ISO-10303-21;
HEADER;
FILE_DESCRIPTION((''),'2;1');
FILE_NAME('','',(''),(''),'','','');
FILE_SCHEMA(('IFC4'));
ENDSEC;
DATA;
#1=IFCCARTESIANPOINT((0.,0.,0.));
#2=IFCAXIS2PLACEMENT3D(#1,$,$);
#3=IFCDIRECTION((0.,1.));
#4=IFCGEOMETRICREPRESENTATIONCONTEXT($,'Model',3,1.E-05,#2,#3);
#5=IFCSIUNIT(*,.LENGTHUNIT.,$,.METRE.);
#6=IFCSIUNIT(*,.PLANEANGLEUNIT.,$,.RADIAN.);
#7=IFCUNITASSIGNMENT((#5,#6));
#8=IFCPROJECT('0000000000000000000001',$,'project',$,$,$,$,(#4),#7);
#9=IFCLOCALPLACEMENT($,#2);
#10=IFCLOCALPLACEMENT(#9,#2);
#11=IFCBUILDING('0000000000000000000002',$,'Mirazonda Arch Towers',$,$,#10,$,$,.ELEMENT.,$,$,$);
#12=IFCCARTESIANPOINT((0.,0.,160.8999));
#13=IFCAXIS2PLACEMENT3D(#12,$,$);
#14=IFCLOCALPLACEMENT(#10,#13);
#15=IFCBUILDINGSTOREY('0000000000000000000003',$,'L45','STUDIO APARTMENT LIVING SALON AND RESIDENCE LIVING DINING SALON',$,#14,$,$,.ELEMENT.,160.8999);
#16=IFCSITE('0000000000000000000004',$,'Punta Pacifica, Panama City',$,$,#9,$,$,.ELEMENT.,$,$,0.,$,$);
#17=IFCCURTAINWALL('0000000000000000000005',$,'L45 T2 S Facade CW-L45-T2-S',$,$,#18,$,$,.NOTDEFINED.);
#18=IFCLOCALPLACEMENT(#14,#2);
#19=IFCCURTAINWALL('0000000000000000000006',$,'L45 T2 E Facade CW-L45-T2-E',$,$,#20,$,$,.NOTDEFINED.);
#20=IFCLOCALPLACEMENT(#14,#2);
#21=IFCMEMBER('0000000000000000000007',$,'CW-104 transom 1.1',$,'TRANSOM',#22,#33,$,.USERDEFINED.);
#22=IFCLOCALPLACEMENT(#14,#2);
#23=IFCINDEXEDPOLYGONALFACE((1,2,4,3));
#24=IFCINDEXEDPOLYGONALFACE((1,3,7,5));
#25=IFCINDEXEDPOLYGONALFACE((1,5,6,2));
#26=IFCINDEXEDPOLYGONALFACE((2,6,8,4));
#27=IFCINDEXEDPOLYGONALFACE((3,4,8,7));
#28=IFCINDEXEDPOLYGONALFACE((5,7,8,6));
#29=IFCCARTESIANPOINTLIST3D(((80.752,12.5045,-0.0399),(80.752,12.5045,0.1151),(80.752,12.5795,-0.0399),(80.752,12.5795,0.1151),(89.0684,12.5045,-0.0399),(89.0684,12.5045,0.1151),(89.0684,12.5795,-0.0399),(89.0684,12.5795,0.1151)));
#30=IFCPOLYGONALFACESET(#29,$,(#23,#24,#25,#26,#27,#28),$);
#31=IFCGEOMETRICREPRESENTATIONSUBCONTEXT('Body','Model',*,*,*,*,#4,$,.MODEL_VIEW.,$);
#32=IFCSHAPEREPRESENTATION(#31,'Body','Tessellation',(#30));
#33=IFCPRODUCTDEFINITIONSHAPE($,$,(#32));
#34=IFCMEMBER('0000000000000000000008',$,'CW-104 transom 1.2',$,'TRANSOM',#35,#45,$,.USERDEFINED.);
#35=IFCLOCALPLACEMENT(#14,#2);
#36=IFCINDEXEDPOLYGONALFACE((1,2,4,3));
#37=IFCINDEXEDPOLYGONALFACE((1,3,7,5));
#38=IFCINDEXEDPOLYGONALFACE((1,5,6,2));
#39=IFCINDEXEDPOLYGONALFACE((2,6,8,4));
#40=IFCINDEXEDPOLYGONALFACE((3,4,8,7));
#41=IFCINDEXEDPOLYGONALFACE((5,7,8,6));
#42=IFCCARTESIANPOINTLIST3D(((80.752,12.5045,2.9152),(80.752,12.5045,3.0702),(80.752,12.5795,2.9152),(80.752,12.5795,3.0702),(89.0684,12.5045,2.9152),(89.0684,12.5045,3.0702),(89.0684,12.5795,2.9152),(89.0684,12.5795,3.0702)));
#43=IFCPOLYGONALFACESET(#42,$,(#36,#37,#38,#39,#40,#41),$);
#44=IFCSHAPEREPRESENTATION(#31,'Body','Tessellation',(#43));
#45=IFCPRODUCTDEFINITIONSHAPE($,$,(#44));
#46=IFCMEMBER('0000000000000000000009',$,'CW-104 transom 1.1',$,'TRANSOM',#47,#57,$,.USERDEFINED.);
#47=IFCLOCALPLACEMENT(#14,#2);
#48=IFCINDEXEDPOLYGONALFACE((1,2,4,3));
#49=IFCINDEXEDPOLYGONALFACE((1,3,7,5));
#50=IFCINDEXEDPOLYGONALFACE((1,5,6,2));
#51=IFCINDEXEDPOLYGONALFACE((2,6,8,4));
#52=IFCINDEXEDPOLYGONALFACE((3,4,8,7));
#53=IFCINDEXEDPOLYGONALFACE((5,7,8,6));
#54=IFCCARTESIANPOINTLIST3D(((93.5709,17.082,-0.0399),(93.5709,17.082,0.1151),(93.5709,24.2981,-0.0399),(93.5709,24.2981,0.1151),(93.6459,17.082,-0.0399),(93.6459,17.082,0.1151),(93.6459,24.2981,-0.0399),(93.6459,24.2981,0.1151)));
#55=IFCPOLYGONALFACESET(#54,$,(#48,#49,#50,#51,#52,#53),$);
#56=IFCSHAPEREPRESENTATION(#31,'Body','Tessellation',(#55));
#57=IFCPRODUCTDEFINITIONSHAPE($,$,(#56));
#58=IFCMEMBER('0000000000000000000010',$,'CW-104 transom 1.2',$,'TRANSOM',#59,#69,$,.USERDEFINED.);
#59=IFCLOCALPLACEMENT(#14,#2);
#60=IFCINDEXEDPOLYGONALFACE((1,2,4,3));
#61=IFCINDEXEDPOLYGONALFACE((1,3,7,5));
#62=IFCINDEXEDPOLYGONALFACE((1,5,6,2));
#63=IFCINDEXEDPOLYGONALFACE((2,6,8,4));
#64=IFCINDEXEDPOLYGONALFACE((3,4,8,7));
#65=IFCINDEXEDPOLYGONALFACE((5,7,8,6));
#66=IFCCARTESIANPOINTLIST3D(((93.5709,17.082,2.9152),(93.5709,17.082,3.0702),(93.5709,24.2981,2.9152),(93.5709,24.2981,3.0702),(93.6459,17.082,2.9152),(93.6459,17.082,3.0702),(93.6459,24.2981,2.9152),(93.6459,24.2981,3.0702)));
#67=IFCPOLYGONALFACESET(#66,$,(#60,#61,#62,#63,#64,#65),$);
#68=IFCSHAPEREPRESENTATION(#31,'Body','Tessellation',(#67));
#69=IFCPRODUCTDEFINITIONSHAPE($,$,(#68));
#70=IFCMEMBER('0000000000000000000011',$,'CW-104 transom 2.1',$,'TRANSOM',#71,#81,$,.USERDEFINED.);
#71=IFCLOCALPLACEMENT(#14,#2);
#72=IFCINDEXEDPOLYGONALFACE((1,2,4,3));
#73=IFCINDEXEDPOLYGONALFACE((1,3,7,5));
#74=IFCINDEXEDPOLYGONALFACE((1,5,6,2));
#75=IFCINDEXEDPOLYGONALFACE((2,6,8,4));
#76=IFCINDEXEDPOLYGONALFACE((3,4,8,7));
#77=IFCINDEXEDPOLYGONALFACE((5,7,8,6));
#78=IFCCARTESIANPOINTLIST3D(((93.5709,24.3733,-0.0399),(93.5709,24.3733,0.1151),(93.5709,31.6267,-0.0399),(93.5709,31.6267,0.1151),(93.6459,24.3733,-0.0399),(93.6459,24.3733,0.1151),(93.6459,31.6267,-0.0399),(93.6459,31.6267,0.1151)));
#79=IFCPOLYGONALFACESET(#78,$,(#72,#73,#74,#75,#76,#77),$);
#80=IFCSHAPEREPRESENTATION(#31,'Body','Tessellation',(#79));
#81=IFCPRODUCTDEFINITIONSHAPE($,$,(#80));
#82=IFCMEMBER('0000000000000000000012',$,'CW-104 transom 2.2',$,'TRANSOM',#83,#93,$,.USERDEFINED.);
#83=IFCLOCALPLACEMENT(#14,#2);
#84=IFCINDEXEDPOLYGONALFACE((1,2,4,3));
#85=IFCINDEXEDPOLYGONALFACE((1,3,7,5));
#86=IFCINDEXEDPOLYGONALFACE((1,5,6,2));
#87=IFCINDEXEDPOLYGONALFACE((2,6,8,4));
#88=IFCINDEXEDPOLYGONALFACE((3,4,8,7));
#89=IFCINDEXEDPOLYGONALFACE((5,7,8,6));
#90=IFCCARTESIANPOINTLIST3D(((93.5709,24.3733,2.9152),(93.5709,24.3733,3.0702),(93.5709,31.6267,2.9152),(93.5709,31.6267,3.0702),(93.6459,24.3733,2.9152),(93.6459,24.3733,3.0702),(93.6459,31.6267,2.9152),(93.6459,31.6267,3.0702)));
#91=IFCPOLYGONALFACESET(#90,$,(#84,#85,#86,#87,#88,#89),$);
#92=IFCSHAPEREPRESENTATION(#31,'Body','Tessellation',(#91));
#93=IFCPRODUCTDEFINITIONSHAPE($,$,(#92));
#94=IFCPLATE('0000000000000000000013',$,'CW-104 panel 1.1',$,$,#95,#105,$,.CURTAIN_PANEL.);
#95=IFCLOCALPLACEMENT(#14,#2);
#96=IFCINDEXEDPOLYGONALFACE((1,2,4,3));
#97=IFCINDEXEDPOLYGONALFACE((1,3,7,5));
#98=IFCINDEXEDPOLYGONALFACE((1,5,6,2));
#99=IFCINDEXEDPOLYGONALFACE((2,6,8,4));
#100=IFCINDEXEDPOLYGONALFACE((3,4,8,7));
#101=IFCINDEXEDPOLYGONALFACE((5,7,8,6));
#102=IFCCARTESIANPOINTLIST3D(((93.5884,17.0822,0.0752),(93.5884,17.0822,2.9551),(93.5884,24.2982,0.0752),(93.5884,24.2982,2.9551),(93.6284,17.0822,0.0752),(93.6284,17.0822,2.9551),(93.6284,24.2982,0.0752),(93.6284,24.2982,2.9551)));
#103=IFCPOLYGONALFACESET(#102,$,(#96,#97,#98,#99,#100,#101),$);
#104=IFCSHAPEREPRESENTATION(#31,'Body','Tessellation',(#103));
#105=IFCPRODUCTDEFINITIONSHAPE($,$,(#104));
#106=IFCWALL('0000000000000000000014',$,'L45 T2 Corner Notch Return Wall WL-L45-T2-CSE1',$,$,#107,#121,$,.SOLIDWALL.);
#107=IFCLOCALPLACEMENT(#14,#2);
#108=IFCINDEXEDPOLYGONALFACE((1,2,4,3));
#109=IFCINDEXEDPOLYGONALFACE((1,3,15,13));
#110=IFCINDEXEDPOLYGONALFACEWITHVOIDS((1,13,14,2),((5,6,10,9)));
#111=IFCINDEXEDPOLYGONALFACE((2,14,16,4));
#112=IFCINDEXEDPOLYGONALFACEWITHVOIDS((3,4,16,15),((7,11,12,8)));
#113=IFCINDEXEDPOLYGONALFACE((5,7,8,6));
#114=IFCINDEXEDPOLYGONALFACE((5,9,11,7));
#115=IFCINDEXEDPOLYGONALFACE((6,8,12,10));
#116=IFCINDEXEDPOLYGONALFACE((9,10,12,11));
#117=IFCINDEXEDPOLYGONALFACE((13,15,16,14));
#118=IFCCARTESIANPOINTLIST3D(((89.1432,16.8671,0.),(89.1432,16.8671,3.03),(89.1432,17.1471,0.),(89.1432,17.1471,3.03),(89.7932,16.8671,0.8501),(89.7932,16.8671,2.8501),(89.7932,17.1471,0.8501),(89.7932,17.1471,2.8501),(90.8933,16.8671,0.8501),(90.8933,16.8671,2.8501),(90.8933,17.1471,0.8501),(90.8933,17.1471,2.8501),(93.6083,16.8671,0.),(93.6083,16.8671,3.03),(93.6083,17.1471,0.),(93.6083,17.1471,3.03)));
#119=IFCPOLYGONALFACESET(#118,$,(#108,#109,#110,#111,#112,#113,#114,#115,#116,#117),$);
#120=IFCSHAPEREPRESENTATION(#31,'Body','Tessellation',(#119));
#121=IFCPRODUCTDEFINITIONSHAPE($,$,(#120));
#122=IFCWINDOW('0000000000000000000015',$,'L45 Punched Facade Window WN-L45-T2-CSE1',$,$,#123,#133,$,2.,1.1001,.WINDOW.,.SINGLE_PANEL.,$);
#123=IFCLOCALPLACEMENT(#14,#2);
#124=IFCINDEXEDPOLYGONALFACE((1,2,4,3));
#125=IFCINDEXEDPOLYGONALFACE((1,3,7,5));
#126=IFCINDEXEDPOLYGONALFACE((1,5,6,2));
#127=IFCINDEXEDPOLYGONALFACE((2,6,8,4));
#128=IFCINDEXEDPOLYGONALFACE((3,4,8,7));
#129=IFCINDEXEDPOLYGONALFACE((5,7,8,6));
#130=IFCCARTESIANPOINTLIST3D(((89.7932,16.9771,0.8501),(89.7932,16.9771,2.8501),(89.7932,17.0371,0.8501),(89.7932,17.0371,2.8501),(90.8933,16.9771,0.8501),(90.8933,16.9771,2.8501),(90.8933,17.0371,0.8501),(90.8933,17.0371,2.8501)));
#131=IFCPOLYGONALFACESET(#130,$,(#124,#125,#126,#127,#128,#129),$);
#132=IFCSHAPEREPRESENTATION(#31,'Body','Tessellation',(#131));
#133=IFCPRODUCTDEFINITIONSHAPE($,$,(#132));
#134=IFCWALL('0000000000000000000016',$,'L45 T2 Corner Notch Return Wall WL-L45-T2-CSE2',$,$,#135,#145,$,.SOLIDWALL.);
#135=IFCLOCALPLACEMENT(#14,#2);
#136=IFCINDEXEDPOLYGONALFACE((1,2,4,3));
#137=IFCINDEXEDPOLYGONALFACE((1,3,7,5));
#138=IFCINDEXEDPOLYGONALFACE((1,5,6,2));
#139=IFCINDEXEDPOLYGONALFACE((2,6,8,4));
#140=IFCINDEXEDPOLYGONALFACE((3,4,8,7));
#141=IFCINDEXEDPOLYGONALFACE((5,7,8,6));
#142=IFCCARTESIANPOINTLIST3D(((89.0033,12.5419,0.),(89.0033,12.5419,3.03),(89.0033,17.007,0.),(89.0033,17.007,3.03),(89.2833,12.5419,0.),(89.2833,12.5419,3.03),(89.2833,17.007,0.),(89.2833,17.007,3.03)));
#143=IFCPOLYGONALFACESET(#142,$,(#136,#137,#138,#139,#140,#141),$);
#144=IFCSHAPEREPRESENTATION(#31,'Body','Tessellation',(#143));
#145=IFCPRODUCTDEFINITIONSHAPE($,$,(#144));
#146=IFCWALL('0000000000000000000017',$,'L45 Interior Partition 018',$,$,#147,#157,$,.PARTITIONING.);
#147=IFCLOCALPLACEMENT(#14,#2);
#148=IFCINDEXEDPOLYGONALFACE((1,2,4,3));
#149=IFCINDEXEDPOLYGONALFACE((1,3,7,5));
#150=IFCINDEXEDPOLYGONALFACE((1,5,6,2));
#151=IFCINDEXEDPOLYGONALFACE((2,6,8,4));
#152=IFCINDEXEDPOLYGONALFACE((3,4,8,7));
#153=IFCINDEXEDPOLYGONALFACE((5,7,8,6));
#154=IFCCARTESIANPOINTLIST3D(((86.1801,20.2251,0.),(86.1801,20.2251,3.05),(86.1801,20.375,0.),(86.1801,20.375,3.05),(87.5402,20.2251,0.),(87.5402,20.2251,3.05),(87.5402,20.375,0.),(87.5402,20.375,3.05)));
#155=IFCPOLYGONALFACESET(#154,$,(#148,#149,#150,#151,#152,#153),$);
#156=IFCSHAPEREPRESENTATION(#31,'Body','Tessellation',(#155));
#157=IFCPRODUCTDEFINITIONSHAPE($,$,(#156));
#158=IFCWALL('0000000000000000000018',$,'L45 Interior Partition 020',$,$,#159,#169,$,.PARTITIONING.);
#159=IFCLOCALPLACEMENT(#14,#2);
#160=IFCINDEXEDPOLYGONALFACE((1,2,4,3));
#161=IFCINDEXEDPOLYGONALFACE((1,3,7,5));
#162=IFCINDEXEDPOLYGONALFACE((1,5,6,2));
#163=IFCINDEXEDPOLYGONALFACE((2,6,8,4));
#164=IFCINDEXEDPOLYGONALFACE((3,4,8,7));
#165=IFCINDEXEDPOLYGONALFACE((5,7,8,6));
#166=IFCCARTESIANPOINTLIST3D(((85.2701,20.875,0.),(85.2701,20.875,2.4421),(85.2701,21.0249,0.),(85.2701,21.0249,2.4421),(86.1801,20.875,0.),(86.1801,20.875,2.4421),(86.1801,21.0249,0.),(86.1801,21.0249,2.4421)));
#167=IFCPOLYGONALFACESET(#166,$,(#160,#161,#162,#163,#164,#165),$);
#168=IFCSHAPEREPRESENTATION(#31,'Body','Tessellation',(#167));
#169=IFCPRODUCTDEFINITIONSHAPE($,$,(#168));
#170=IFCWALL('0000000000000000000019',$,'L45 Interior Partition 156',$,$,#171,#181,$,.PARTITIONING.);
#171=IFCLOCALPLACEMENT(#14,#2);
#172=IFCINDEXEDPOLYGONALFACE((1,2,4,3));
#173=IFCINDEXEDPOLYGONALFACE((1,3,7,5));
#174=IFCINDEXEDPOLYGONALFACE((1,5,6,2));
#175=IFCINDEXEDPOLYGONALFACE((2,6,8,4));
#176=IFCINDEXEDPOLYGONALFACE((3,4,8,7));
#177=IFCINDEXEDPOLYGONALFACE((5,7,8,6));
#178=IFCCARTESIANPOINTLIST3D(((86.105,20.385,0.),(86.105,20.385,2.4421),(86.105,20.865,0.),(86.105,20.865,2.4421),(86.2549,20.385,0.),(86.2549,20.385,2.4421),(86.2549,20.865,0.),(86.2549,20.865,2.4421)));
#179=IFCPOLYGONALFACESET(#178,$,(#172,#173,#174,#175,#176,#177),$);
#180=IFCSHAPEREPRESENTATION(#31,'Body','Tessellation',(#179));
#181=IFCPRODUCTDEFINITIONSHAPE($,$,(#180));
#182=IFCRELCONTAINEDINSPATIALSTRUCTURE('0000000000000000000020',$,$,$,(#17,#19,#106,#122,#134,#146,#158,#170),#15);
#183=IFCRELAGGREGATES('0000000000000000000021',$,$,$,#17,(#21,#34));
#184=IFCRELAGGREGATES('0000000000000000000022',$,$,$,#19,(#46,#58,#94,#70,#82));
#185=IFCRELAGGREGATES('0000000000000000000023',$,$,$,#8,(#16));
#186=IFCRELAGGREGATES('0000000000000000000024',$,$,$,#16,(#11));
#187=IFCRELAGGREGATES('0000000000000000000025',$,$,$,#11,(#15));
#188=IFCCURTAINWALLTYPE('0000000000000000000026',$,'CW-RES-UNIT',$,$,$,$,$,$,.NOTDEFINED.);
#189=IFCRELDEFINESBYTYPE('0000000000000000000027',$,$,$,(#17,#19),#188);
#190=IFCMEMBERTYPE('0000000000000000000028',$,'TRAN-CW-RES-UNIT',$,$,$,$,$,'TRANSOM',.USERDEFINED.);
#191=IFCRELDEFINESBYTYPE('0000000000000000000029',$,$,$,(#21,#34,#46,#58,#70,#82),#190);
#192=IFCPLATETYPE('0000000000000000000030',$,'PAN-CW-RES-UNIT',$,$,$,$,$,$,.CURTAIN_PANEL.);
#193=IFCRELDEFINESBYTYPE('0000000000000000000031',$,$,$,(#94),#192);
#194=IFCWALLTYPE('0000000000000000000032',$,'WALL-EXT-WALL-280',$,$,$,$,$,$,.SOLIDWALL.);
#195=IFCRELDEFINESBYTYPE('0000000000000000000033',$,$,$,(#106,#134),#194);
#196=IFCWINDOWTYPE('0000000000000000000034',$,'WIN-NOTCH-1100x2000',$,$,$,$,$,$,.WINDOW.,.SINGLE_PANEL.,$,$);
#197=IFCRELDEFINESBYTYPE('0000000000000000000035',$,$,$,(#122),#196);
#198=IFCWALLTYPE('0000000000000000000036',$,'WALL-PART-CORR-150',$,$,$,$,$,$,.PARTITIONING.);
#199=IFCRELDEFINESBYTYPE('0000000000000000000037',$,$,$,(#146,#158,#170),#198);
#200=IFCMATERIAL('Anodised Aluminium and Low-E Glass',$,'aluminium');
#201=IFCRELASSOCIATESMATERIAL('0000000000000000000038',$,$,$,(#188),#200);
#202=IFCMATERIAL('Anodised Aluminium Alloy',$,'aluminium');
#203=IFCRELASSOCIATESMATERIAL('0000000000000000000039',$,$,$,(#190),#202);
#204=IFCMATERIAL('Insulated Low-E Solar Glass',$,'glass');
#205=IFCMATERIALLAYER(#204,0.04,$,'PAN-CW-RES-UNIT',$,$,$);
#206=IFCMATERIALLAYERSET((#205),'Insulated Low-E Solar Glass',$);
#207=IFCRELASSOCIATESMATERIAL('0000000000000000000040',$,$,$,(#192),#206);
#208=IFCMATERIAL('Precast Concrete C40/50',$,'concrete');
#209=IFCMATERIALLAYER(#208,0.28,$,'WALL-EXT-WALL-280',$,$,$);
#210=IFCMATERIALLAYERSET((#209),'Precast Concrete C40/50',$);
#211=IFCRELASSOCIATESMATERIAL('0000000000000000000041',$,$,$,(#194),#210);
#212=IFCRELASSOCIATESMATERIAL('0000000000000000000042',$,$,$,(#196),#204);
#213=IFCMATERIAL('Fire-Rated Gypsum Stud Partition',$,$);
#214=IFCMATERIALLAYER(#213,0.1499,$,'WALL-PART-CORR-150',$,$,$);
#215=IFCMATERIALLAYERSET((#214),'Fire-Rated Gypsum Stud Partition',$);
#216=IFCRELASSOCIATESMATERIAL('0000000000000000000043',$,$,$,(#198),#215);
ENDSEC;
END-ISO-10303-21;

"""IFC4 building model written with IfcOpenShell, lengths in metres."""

from ifc_helpers import new_model, si_unit, direction, frame, frame_2d, origin, origin_2d, place, context, subcontext, project, spatial, rectangle, extrude, material, layer, layer_set, material_profile, profile_set, type_object, element, fill, aggregate, save


model = new_model("IFC4")

# Units and contexts
model_context = context("Model", 3, precision=1e-05, world=origin(), true_north=direction((0.0, 1.0)))
body_context = subcontext(model_context, "Body", "Model", "MODEL_VIEW")
ifc_project = project(units=[si_unit("LENGTHUNIT", "METRE"), si_unit("PLANEANGLEUNIT", "RADIAN")], contexts=[model_context])

# Site, building, storey
site_placement = place(None, origin())
site = spatial("IfcSite", under=ifc_project, at=site_placement, Name="Punta Pacifica, Panama City", CompositionType="ELEMENT", RefElevation=0.0)
building_placement = place(site_placement, origin())
building = spatial("IfcBuilding", under=site, at=building_placement, Name="Mirazonda Arch Towers", CompositionType="ELEMENT")
storey_placement = place(building_placement, frame((0.0, 0.0, 160.8999)))
storey = spatial("IfcBuildingStorey", under=building, at=storey_placement, Name="L45", Description="STUDIO APARTMENT LIVING SALON AND RESIDENCE LIVING DINING SALON", CompositionType="ELEMENT", Elevation=160.8999)

# Curtain wall
ifc_material_1 = material(Name="Anodised Aluminium and Low-E Glass", Category="aluminium")
curtain_wall_type = type_object("IfcCurtainWallType", Name="CW-RES-UNIT", PredefinedType="NOTDEFINED", material=ifc_material_1)
curtain_wall_1_placement = place(storey_placement, origin())
curtain_wall_1 = element("IfcCurtainWall", 1, at=curtain_wall_1_placement, inside=storey, type_object=curtain_wall_type, Name="L45 T2 S Facade CW-L45-T2-S", PredefinedType="NOTDEFINED")
ifc_material_2 = material(Name="Anodised Aluminium Alloy", Category="aluminium")

# Curtain wall
curtain_wall_2_placement = place(storey_placement, origin())
curtain_wall_2 = element("IfcCurtainWall", 2, at=curtain_wall_2_placement, inside=storey, type_object=curtain_wall_type, Name="L45 T2 E Facade CW-L45-T2-E", PredefinedType="NOTDEFINED")

# Members
ifc_material_profile_1 = material_profile(ifc_material_2, rectangle(XDim=0.075, YDim=0.155, at=origin_2d()), Name="ALU-TRAN-75x155")
ifc_profile_set_1 = profile_set([ifc_material_profile_1], Name="Anodised Aluminium Alloy")
member_type_1 = type_object("IfcMemberType", Name="TRAN-CW-RES-UNIT", ElementType="TRANSOM", PredefinedType="USERDEFINED", material=ifc_profile_set_1)
member_1_placement = place(storey_placement, frame((89.0684, 12.542, 0.0376), z_axis=(-1.0, 0.0, 0.0), x_axis=(0.0, -1.0, 0.0)))
member_1 = element("IfcMember", 3, at=member_1_placement, type_object=member_type_1, Name="CW-104 transom 1.1", ObjectType="TRANSOM", PredefinedType="USERDEFINED", context=body_context, shape_type="SweptSolid", body=[
    extrude(rectangle(XDim=0.075, YDim=0.155, at=origin_2d()), origin(), (0.0, 0.0, 1.0), 8.3164),
])
member_2_placement = place(storey_placement, frame((89.0684, 12.542, 2.9927), z_axis=(-1.0, 0.0, 0.0), x_axis=(0.0, -1.0, 0.0)))
member_2 = element("IfcMember", 4, at=member_2_placement, type_object=member_type_1, Name="CW-104 transom 1.2", ObjectType="TRANSOM", PredefinedType="USERDEFINED", context=body_context, shape_type="SweptSolid", body=[
    extrude(rectangle(XDim=0.075, YDim=0.155, at=origin_2d()), origin(), (0.0, 0.0, 1.0), 8.3164),
])
aggregate(curtain_wall_1, [member_1, member_2])
member_3_placement = place(storey_placement, frame((93.6084, 17.082, 0.0376), z_axis=(0.0, 1.0, 0.0), x_axis=(-1.0, 0.0, 0.0)))
member_3 = element("IfcMember", 5, at=member_3_placement, type_object=member_type_1, Name="CW-104 transom 1.1", ObjectType="TRANSOM", PredefinedType="USERDEFINED", context=body_context, shape_type="SweptSolid", body=[
    extrude(rectangle(XDim=0.075, YDim=0.155, at=origin_2d()), origin(), (0.0, 0.0, 1.0), 7.2161),
])
member_4_placement = place(storey_placement, frame((93.6084, 17.082, 2.9927), z_axis=(0.0, 1.0, 0.0), x_axis=(-1.0, 0.0, 0.0)))
member_4 = element("IfcMember", 6, at=member_4_placement, type_object=member_type_1, Name="CW-104 transom 1.2", ObjectType="TRANSOM", PredefinedType="USERDEFINED", context=body_context, shape_type="SweptSolid", body=[
    extrude(rectangle(XDim=0.075, YDim=0.155, at=origin_2d()), origin(), (0.0, 0.0, 1.0), 7.2161),
])
member_5_placement = place(storey_placement, frame((93.6084, 24.3733, 0.0376), z_axis=(0.0, 1.0, 0.0), x_axis=(-1.0, 0.0, 0.0)))
member_5 = element("IfcMember", 7, at=member_5_placement, type_object=member_type_1, Name="CW-104 transom 2.1", ObjectType="TRANSOM", PredefinedType="USERDEFINED", context=body_context, shape_type="SweptSolid", body=[
    extrude(rectangle(XDim=0.075, YDim=0.155, at=origin_2d()), origin(), (0.0, 0.0, 1.0), 7.2534),
])
member_6_placement = place(storey_placement, frame((93.6084, 24.3733, 2.9927), z_axis=(0.0, 1.0, 0.0), x_axis=(-1.0, 0.0, 0.0)))
member_6 = element("IfcMember", 8, at=member_6_placement, type_object=member_type_1, Name="CW-104 transom 2.2", ObjectType="TRANSOM", PredefinedType="USERDEFINED", context=body_context, shape_type="SweptSolid", body=[
    extrude(rectangle(XDim=0.075, YDim=0.155, at=origin_2d()), origin(), (0.0, 0.0, 1.0), 7.2534),
])

# Plate
ifc_material_3 = material(Name="Insulated Low-E Solar Glass", Category="glass")
ifc_layer_1 = layer(ifc_material_3, 0.04, Name="PAN-CW-RES-UNIT")
ifc_layer_set_1 = layer_set([ifc_layer_1], Name="Insulated Low-E Solar Glass")
plate_type = type_object("IfcPlateType", Name="PAN-CW-RES-UNIT", PredefinedType="CURTAIN_PANEL", material=ifc_layer_set_1)
plate_placement = place(storey_placement, frame((93.6084, 20.6902, 0.0752), z_axis=(0.0, 0.0, 1.0), x_axis=(0.0, 1.0, 0.0)))
plate = element("IfcPlate", 9, at=plate_placement, type_object=plate_type, Name="CW-104 panel 1.1", PredefinedType="CURTAIN_PANEL", context=body_context, shape_type="SweptSolid", body=[
    extrude(rectangle(XDim=7.2161, YDim=0.04, at=origin_2d()), origin(), (0.0, 0.0, 1.0), 2.8799),
])
aggregate(curtain_wall_2, [member_3, member_4, plate, member_5, member_6])

# Wall, opening, window
ifc_material_4 = material(Name="Precast Concrete C40/50", Category="concrete")
ifc_layer_2 = layer(ifc_material_4, 0.28, Name="WALL-EXT-WALL-280")
ifc_layer_set_2 = layer_set([ifc_layer_2], Name="Precast Concrete C40/50")
wall_type_1 = type_object("IfcWallType", Name="WALL-EXT-WALL-280", PredefinedType="SOLIDWALL", material=ifc_layer_set_2)
wall_1_placement = place(storey_placement, frame((89.1433, 17.0071, 0.0), z_axis=(0.0, 0.0, 1.0), x_axis=(1.0, 0.0, 0.0)))
wall_1 = element("IfcWall", 10, at=wall_1_placement, inside=storey, type_object=wall_type_1, Name="L45 T2 Corner Notch Return Wall WL-L45-T2-CSE1", PredefinedType="SOLIDWALL", context=body_context, shape_type="SweptSolid", body=[
    extrude(rectangle(XDim=4.4651, YDim=0.28, at=frame_2d((2.2324, 0.0))), origin(), (0.0, 0.0, 1.0), 3.03),
])
opening_1_placement = place(wall_1_placement, frame((0.6499, 0.0, 0.8501)))
opening_1 = element("IfcOpeningElement", 11, at=opening_1_placement, cuts=wall_1, PredefinedType="OPENING", context=body_context, shape_type="SweptSolid", body=[
    extrude(rectangle(XDim=1.1001, YDim=2.0, at=frame_2d((0.55, 1.0))), frame((0.0, 0.1499, 0.0), z_axis=(0.0, -1.0, 0.0), x_axis=(1.0, 0.0, 0.0)), (0.0, 0.0, 1.0), 0.3),
])
window_type = type_object("IfcWindowType", Name="WIN-NOTCH-1100x2000", PartitioningType="SINGLE_PANEL", PredefinedType="WINDOW", material=ifc_material_3)
window_placement = place(opening_1_placement, origin())
window = element("IfcWindow", 12, at=window_placement, inside=storey, type_object=window_type, Name="L45 Punched Facade Window WN-L45-T2-CSE1", OverallHeight=2.0, OverallWidth=1.1001, PartitioningType="SINGLE_PANEL", PredefinedType="WINDOW", context=body_context, shape_type="SweptSolid", body=[
    extrude(rectangle(XDim=1.1001, YDim=2.0, at=frame_2d((0.55, 1.0))), frame((0.0, 0.03, 0.0), z_axis=(0.0, -1.0, 0.0), x_axis=(1.0, 0.0, 0.0)), (0.0, 0.0, 1.0), 0.0601),
])
fill(opening_1, window)

# Walls
wall_2_placement = place(storey_placement, frame((89.1433, 12.542, 0.0), z_axis=(0.0, 0.0, 1.0), x_axis=(0.0, 1.0, 0.0)))
element("IfcWall", 13, at=wall_2_placement, inside=storey, type_object=wall_type_1, Name="L45 T2 Corner Notch Return Wall WL-L45-T2-CSE2", PredefinedType="SOLIDWALL", context=body_context, shape_type="SweptSolid", body=[
    extrude(rectangle(XDim=4.4651, YDim=0.28, at=frame_2d((2.2324, 0.0))), origin(), (0.0, 0.0, 1.0), 3.03),
])
ifc_material_5 = material(Name="Fire-Rated Gypsum Stud Partition")
ifc_layer_3 = layer(ifc_material_5, 0.1499, Name="WALL-PART-CORR-150")
ifc_layer_set_3 = layer_set([ifc_layer_3], Name="Fire-Rated Gypsum Stud Partition")
wall_type_2 = type_object("IfcWallType", Name="WALL-PART-CORR-150", PredefinedType="PARTITIONING", material=ifc_layer_set_3)
wall_3_placement = place(storey_placement, frame((86.1799, 20.3, 0.0), z_axis=(0.0, 0.0, 1.0), x_axis=(1.0, 0.0, 0.0)))
element("IfcWall", 14, at=wall_3_placement, inside=storey, type_object=wall_type_2, Name="L45 Interior Partition 018", PredefinedType="PARTITIONING", context=body_context, shape_type="SweptSolid", body=[
    extrude(rectangle(XDim=1.3601, YDim=0.1499, at=frame_2d((0.6802, 0.0))), origin(), (0.0, 0.0, 1.0), 3.05),
])
wall_4_placement = place(storey_placement, frame((85.27, 20.95, 0.0), z_axis=(0.0, 0.0, 1.0), x_axis=(1.0, 0.0, 0.0)))
element("IfcWall", 15, at=wall_4_placement, inside=storey, type_object=wall_type_2, Name="L45 Interior Partition 020", PredefinedType="PARTITIONING", context=body_context, shape_type="SweptSolid", body=[
    extrude(rectangle(XDim=0.9099, YDim=0.1499, at=frame_2d((0.4551, 0.0))), origin(), (0.0, 0.0, 1.0), 2.4421),
])
wall_5_placement = place(storey_placement, frame((86.1799, 20.385, 0.0), z_axis=(0.0, 0.0, 1.0), x_axis=(0.0, 1.0, 0.0)))
element("IfcWall", 16, at=wall_5_placement, inside=storey, type_object=wall_type_2, Name="L45 Interior Partition 156", PredefinedType="PARTITIONING", context=body_context, shape_type="SweptSolid", body=[
    extrude(rectangle(XDim=0.48, YDim=0.1499, at=frame_2d((0.24, 0.0))), origin(), (0.0, 0.0, 1.0), 2.4421),
])

save(model, "model.ifc")
